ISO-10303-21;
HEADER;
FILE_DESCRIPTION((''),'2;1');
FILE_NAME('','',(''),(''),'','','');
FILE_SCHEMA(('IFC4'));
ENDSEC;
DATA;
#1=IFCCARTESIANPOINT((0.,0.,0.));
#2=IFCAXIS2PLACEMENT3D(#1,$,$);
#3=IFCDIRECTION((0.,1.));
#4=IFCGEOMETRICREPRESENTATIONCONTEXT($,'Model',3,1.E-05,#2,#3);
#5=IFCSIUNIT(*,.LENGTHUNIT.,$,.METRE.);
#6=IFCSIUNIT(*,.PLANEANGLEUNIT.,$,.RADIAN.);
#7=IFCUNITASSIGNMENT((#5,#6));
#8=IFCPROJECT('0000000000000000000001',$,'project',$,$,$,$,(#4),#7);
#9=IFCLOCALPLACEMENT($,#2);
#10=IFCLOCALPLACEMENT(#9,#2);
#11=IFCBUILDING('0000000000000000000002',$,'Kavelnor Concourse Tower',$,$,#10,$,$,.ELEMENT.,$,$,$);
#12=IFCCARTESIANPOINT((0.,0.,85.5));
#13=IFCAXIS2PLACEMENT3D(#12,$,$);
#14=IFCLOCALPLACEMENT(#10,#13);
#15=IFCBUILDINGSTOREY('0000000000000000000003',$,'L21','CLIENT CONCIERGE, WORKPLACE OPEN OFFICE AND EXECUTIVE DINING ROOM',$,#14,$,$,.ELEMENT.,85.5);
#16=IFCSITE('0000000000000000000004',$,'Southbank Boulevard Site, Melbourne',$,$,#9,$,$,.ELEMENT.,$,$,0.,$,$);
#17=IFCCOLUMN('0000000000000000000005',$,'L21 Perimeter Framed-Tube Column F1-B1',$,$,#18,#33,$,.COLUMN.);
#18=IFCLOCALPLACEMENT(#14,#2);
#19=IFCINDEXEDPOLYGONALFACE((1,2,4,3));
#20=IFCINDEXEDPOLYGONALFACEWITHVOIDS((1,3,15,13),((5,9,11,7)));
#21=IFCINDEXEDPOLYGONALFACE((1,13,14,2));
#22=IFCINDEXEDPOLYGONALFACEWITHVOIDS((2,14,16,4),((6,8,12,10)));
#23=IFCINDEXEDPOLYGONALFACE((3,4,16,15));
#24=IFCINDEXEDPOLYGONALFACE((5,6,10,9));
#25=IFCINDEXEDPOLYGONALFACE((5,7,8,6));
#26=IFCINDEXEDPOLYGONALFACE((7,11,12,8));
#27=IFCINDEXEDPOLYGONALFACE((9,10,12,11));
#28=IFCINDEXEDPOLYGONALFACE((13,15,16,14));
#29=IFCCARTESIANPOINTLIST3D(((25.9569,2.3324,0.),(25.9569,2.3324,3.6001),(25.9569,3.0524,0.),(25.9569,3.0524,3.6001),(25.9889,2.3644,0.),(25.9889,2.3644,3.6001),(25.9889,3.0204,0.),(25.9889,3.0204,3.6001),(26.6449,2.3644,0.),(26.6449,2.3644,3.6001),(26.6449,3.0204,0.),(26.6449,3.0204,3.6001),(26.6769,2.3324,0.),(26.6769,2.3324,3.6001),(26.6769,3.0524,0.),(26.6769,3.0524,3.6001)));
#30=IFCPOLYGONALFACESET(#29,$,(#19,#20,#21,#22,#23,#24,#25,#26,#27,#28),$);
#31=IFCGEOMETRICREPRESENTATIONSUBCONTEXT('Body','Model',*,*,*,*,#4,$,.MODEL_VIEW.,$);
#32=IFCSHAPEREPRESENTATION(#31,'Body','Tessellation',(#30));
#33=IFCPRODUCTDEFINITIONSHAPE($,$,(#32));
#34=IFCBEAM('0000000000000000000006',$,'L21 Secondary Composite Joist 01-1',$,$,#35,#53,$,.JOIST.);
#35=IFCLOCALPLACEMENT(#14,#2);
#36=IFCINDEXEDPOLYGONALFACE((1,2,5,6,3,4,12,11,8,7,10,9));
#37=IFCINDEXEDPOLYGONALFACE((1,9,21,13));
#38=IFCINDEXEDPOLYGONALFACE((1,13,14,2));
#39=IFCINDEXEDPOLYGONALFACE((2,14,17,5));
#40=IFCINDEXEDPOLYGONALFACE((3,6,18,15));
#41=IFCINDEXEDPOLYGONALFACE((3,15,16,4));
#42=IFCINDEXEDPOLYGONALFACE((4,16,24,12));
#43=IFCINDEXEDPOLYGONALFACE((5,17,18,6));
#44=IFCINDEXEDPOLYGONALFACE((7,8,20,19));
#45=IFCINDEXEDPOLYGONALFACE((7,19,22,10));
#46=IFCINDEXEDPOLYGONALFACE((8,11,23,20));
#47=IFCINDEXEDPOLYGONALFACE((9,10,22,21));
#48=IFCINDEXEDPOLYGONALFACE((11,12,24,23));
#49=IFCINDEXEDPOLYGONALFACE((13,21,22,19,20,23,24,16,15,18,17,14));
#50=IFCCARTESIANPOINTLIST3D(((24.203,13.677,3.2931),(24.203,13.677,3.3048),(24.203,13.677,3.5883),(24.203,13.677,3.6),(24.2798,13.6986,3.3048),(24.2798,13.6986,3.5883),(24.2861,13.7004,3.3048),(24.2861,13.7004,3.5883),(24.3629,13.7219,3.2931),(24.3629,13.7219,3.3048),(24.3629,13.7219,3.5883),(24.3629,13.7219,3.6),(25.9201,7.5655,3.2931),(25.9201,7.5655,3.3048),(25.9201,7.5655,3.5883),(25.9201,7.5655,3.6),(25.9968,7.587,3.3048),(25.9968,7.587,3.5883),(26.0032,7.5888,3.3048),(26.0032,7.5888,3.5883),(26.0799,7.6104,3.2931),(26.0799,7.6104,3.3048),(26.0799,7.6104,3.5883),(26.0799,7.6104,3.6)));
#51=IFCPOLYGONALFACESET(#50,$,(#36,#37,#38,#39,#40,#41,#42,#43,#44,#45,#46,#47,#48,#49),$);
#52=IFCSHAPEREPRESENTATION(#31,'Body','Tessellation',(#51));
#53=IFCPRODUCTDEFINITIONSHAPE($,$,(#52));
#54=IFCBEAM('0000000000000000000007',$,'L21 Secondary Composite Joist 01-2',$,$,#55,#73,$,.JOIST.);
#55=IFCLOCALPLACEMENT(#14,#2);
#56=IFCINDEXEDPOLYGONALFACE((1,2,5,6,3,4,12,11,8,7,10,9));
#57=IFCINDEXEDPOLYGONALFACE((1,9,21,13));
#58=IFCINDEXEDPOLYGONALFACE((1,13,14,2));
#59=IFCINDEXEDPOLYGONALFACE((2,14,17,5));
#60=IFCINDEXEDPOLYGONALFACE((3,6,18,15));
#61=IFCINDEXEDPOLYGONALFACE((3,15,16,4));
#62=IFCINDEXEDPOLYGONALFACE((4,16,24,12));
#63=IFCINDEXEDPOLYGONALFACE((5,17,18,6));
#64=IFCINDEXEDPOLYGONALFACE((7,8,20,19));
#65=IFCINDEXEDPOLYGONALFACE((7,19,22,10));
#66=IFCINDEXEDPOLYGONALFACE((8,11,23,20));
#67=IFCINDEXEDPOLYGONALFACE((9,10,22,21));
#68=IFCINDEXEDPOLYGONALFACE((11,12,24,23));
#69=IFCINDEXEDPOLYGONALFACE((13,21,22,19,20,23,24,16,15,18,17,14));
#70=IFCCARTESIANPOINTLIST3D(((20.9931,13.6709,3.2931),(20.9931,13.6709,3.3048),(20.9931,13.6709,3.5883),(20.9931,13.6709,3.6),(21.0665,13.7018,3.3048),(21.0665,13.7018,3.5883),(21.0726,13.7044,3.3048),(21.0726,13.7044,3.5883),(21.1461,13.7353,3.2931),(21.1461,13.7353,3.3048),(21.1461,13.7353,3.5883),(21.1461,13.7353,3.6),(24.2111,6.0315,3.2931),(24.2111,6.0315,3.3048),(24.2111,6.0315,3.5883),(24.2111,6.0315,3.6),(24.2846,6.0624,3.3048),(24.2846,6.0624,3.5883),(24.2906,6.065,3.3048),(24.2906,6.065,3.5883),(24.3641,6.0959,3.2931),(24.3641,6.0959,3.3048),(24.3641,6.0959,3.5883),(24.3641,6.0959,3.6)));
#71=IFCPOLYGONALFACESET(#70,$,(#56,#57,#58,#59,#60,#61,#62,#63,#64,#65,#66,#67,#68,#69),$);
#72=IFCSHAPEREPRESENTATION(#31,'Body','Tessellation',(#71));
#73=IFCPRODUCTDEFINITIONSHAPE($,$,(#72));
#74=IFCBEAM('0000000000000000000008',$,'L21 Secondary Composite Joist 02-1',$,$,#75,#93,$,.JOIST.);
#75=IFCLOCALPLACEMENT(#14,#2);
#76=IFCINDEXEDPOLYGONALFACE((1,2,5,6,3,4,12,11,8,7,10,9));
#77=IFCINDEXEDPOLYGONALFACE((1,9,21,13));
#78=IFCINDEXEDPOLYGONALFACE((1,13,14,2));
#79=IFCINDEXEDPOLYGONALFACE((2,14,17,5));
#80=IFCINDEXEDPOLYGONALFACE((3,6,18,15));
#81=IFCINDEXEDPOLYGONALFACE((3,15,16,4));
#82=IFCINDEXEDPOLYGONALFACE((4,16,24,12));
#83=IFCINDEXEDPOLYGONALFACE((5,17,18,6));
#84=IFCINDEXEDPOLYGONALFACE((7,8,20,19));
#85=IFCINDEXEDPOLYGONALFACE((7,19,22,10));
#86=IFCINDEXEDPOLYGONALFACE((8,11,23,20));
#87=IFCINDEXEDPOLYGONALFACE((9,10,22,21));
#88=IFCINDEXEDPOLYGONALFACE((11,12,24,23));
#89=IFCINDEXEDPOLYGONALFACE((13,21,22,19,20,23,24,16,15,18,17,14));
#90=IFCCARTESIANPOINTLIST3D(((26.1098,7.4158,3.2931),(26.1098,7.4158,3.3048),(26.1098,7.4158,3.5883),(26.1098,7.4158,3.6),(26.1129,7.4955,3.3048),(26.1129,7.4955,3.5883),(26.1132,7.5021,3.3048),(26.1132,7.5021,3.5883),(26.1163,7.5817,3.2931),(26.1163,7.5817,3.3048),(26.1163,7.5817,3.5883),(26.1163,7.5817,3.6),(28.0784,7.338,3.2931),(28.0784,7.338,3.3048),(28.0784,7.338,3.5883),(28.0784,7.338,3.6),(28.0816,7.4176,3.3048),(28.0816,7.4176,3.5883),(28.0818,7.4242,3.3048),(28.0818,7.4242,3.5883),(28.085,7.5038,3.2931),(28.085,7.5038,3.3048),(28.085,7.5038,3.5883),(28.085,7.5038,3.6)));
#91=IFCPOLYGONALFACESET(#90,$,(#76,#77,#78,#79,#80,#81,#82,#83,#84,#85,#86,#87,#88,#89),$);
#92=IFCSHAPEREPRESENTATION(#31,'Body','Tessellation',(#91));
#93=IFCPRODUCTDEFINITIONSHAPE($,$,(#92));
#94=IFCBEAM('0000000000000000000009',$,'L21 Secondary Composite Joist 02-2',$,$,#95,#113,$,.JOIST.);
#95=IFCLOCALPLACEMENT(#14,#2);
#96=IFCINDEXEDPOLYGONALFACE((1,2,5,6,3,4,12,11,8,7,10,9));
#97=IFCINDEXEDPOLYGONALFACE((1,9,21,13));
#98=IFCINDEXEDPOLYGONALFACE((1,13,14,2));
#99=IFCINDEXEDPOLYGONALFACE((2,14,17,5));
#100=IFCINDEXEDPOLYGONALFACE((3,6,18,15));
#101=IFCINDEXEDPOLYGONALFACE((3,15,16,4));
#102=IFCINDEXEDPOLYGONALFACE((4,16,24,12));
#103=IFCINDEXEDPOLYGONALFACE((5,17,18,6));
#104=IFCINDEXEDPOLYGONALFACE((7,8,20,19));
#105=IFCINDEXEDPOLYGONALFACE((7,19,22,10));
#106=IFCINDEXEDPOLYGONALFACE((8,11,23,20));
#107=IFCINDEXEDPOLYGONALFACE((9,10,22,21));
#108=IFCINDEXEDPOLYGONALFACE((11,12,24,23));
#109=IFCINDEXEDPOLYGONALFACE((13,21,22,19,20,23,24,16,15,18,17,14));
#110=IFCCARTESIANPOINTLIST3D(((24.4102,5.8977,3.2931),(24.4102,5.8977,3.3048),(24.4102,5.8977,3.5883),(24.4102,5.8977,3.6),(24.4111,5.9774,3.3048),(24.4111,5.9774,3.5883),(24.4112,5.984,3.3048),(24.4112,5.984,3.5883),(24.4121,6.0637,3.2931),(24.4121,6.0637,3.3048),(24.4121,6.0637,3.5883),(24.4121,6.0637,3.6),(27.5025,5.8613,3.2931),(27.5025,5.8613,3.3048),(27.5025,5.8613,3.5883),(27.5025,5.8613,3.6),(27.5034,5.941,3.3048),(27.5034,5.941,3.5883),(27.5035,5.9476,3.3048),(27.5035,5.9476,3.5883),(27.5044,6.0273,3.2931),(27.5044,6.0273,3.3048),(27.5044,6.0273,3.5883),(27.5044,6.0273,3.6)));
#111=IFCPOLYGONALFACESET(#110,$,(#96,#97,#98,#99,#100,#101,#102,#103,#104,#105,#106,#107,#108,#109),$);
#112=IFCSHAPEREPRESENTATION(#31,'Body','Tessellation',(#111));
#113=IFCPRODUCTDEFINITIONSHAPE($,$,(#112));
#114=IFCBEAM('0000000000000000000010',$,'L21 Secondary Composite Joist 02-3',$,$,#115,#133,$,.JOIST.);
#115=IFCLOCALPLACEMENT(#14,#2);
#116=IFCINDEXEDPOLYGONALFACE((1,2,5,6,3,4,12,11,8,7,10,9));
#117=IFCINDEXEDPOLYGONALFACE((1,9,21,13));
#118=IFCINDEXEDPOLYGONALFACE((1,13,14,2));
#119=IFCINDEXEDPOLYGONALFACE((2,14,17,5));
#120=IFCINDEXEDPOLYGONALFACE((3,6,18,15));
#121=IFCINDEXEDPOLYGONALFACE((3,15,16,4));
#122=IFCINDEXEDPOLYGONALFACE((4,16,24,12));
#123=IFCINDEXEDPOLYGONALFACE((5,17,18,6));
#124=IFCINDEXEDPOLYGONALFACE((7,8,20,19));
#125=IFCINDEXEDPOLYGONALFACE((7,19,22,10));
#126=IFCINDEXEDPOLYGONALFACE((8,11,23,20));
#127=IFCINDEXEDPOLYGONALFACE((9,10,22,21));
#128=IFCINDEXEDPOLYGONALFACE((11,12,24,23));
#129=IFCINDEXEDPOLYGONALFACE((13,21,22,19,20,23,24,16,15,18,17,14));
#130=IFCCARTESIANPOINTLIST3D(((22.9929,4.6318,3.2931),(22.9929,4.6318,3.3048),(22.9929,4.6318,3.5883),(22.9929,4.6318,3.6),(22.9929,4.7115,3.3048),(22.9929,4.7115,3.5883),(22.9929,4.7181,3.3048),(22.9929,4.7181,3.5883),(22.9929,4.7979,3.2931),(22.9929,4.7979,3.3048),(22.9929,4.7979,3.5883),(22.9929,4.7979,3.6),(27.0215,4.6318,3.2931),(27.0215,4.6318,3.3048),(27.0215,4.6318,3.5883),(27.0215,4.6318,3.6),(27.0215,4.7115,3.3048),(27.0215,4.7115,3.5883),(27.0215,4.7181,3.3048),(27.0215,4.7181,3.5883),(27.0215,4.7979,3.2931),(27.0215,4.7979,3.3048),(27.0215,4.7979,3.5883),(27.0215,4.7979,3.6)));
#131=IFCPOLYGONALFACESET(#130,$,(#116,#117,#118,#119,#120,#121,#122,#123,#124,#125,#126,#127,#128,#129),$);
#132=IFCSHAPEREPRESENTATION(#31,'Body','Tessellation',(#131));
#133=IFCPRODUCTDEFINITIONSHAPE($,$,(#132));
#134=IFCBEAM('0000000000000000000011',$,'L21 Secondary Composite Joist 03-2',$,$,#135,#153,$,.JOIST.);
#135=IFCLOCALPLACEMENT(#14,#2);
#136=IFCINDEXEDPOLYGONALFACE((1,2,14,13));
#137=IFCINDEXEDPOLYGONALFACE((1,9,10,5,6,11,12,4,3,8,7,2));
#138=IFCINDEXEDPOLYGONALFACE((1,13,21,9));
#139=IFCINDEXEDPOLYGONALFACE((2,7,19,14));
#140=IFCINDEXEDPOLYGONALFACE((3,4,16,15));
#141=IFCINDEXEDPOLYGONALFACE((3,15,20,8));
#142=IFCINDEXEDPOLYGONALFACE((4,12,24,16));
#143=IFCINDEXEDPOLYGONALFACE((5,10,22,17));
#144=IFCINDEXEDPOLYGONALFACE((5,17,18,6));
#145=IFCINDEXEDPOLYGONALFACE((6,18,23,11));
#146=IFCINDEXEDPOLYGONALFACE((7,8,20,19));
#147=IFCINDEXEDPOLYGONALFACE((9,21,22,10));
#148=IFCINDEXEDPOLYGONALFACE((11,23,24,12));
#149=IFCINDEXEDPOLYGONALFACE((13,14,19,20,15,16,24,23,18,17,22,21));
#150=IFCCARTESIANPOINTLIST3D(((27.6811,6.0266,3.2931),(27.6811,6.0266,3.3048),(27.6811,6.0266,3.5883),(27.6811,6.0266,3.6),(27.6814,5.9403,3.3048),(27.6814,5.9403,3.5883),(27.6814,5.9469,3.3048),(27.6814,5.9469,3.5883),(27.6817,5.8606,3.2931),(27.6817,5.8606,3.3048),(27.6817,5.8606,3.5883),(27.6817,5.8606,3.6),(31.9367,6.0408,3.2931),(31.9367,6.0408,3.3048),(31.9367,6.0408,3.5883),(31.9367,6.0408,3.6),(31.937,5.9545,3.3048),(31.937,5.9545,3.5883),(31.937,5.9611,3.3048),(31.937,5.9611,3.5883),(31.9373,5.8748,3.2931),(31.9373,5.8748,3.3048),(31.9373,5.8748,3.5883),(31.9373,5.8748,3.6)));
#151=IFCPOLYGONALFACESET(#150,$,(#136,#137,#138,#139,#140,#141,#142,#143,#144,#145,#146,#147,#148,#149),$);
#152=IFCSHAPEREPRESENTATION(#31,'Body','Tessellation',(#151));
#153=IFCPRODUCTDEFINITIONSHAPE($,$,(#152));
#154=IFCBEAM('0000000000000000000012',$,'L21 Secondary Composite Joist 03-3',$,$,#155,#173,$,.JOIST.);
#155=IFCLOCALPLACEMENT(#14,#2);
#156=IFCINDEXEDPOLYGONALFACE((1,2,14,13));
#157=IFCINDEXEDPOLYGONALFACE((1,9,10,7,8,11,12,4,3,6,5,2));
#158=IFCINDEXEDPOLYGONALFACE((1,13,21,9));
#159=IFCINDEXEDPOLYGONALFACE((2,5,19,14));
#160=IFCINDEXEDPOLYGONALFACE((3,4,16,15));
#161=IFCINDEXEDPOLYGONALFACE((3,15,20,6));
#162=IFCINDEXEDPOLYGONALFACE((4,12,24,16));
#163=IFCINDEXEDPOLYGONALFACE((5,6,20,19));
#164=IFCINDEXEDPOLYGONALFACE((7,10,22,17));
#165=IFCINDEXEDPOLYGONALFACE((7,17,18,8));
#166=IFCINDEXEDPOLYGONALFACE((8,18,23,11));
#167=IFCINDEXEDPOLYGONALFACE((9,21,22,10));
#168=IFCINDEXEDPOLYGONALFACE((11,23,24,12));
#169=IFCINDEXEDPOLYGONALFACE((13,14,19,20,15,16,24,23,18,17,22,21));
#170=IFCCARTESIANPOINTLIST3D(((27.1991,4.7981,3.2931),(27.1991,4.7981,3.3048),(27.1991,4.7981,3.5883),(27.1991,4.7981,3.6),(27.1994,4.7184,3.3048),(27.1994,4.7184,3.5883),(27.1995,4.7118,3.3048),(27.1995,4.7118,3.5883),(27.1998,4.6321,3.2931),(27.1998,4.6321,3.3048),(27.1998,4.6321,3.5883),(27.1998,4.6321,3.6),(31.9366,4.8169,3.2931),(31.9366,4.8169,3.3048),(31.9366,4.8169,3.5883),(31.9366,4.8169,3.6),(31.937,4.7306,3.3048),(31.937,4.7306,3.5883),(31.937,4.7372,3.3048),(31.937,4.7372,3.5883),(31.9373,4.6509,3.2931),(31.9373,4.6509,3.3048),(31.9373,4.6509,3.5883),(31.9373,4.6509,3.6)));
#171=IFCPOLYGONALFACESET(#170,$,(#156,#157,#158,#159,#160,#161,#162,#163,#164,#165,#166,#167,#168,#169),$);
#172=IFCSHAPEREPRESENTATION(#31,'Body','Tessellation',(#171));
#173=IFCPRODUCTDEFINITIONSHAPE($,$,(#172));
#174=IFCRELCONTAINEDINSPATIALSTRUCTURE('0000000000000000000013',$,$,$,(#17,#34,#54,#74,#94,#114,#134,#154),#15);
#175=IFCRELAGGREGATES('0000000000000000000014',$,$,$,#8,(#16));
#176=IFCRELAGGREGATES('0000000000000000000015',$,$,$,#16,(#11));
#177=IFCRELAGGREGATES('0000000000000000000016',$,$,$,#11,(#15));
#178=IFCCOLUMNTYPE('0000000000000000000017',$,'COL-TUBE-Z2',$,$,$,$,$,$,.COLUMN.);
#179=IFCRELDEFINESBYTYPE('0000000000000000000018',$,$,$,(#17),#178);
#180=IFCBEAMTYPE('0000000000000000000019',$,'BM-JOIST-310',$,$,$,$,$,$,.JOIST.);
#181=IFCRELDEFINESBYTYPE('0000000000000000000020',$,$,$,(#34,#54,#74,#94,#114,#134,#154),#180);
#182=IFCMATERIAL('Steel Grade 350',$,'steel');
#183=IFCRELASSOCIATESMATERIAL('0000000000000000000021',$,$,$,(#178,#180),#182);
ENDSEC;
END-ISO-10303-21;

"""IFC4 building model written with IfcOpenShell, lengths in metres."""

from ifc_helpers import new_model, si_unit, direction, frame, origin, origin_2d, place, context, subcontext, project, spatial, hollow_rectangle, i_section, extrude, material, material_profile, profile_set, type_object, element, save


model = new_model("IFC4")

# Units and contexts
model_context = context("Model", 3, precision=1e-05, world=origin(), true_north=direction((0.0, 1.0)))
body_context = subcontext(model_context, "Body", "Model", "MODEL_VIEW")
ifc_project = project(units=[si_unit("LENGTHUNIT", "METRE"), si_unit("PLANEANGLEUNIT", "RADIAN")], contexts=[model_context])

# Site, building, storey
site_placement = place(None, origin())
site = spatial("IfcSite", under=ifc_project, at=site_placement, Name="Southbank Boulevard Site, Melbourne", CompositionType="ELEMENT", RefElevation=0.0)
building_placement = place(site_placement, origin())
building = spatial("IfcBuilding", under=site, at=building_placement, Name="Kavelnor Concourse Tower", CompositionType="ELEMENT")
storey_placement = place(building_placement, frame((0.0, 0.0, 85.5)))
storey = spatial("IfcBuildingStorey", under=building, at=storey_placement, Name="L21", Description="CLIENT CONCIERGE, WORKPLACE OPEN OFFICE AND EXECUTIVE DINING ROOM", CompositionType="ELEMENT", Elevation=85.5)

# Column
ifc_material_1 = material(Name="Steel Grade 350", Category="steel")
ifc_material_profile_1 = material_profile(ifc_material_1, hollow_rectangle(XDim=0.72, YDim=0.72, WallThickness=0.032, at=origin_2d()), Name="SHS 720x720x32")
ifc_profile_set_1 = profile_set([ifc_material_profile_1], Name="Steel Grade 350")
column_type = type_object("IfcColumnType", Name="COL-TUBE-Z2", PredefinedType="COLUMN", material=ifc_profile_set_1)
column_placement = place(storey_placement, frame((26.3169, 2.6924, 0.0), z_axis=(0.0, 0.0, 1.0), x_axis=(1.0, 0.0, 0.0)))
element("IfcColumn", 1, at=column_placement, inside=storey, type_object=column_type, Name="L21 Perimeter Framed-Tube Column F1-B1", PredefinedType="COLUMN", context=body_context, shape_type="SweptSolid", body=[
    extrude(hollow_rectangle(XDim=0.72, YDim=0.72, WallThickness=0.032, at=origin_2d()), origin(), (0.0, 0.0, 1.0), 3.6001),
])

# Beams
ifc_material_profile_2 = material_profile(ifc_material_1, i_section(OverallWidth=0.166, OverallDepth=0.3069, WebThickness=0.0066, FlangeThickness=0.0117, at=origin_2d()), Name="310UB46")
ifc_profile_set_2 = profile_set([ifc_material_profile_2], Name="Steel Grade 350")
beam_type_1 = type_object("IfcBeamType", Name="BM-JOIST-310", PredefinedType="JOIST", material=ifc_profile_set_2)
beam_1_placement = place(storey_placement, frame((24.283, 13.6995, 3.4465), z_axis=(0.270477, -0.962726, 0.0), x_axis=(0.962726, 0.270477, 0.0)))
element("IfcBeam", 2, at=beam_1_placement, inside=storey, type_object=beam_type_1, Name="L21 Secondary Composite Joist 01-1", PredefinedType="JOIST", context=body_context, shape_type="SweptSolid", body=[
    extrude(i_section(OverallWidth=0.166, OverallDepth=0.3069, WebThickness=0.0066, FlangeThickness=0.0117, at=origin_2d()), origin(), (0.0, 0.0, 1.0), 6.3481),
])
beam_2_placement = place(storey_placement, frame((21.0696, 13.7031, 3.4465), z_axis=(0.388203, -0.921574, 0.0), x_axis=(0.921574, 0.388203, 0.0)))
element("IfcBeam", 3, at=beam_2_placement, inside=storey, type_object=beam_type_1, Name="L21 Secondary Composite Joist 01-2", PredefinedType="JOIST", context=body_context, shape_type="SweptSolid", body=[
    extrude(i_section(OverallWidth=0.166, OverallDepth=0.3069, WebThickness=0.0066, FlangeThickness=0.0117, at=origin_2d()), origin(), (0.0, 0.0, 1.0), 8.2896),
])
beam_3_placement = place(storey_placement, frame((26.113, 7.4988, 3.4465), z_axis=(0.999218, -0.039528, 0.0), x_axis=(0.039528, 0.999218, 0.0)))
element("IfcBeam", 4, at=beam_3_placement, inside=storey, type_object=beam_type_1, Name="L21 Secondary Composite Joist 02-1", PredefinedType="JOIST", context=body_context, shape_type="SweptSolid", body=[
    extrude(i_section(OverallWidth=0.166, OverallDepth=0.3069, WebThickness=0.0066, FlangeThickness=0.0117, at=origin_2d()), origin(), (0.0, 0.0, 1.0), 1.9702),
])
beam_4_placement = place(storey_placement, frame((24.4111, 5.9807, 3.4465), z_axis=(0.999931, -0.011763, 0.0), x_axis=(0.011763, 0.999931, 0.0)))
element("IfcBeam", 5, at=beam_4_placement, inside=storey, type_object=beam_type_1, Name="L21 Secondary Composite Joist 02-2", PredefinedType="JOIST", context=body_context, shape_type="SweptSolid", body=[
    extrude(i_section(OverallWidth=0.166, OverallDepth=0.3069, WebThickness=0.0066, FlangeThickness=0.0117, at=origin_2d()), origin(), (0.0, 0.0, 1.0), 3.0925),
])
beam_5_placement = place(storey_placement, frame((22.9929, 4.7148, 3.4465), z_axis=(1.0, 0.0, 0.0), x_axis=(0.0, 1.0, 0.0)))
element("IfcBeam", 6, at=beam_5_placement, inside=storey, type_object=beam_type_1, Name="L21 Secondary Composite Joist 02-3", PredefinedType="JOIST", context=body_context, shape_type="SweptSolid", body=[
    extrude(i_section(OverallWidth=0.166, OverallDepth=0.3069, WebThickness=0.0066, FlangeThickness=0.0117, at=origin_2d()), origin(), (0.0, 0.0, 1.0), 4.0286),
])
beam_6_placement = place(storey_placement, frame((27.6814, 5.9436, 3.4465), z_axis=(0.999994, 0.003327, 0.0), x_axis=(-0.003327, 0.999994, 0.0)))
element("IfcBeam", 7, at=beam_6_placement, inside=storey, type_object=beam_type_1, Name="L21 Secondary Composite Joist 03-2", PredefinedType="JOIST", context=body_context, shape_type="SweptSolid", body=[
    extrude(i_section(OverallWidth=0.166, OverallDepth=0.3069, WebThickness=0.0066, FlangeThickness=0.0117, at=origin_2d()), origin(), (0.0, 0.0, 1.0), 4.2556),
])
beam_7_placement = place(storey_placement, frame((27.1995, 4.7151, 3.4465), z_axis=(0.999992, 0.003968, 0.0), x_axis=(-0.003968, 0.999992, 0.0)))
element("IfcBeam", 8, at=beam_7_placement, inside=storey, type_object=beam_type_1, Name="L21 Secondary Composite Joist 03-3", PredefinedType="JOIST", context=body_context, shape_type="SweptSolid", body=[
    extrude(i_section(OverallWidth=0.166, OverallDepth=0.3069, WebThickness=0.0066, FlangeThickness=0.0117, at=origin_2d()), origin(), (0.0, 0.0, 1.0), 4.7375),
])

save(model, "model.ifc")
